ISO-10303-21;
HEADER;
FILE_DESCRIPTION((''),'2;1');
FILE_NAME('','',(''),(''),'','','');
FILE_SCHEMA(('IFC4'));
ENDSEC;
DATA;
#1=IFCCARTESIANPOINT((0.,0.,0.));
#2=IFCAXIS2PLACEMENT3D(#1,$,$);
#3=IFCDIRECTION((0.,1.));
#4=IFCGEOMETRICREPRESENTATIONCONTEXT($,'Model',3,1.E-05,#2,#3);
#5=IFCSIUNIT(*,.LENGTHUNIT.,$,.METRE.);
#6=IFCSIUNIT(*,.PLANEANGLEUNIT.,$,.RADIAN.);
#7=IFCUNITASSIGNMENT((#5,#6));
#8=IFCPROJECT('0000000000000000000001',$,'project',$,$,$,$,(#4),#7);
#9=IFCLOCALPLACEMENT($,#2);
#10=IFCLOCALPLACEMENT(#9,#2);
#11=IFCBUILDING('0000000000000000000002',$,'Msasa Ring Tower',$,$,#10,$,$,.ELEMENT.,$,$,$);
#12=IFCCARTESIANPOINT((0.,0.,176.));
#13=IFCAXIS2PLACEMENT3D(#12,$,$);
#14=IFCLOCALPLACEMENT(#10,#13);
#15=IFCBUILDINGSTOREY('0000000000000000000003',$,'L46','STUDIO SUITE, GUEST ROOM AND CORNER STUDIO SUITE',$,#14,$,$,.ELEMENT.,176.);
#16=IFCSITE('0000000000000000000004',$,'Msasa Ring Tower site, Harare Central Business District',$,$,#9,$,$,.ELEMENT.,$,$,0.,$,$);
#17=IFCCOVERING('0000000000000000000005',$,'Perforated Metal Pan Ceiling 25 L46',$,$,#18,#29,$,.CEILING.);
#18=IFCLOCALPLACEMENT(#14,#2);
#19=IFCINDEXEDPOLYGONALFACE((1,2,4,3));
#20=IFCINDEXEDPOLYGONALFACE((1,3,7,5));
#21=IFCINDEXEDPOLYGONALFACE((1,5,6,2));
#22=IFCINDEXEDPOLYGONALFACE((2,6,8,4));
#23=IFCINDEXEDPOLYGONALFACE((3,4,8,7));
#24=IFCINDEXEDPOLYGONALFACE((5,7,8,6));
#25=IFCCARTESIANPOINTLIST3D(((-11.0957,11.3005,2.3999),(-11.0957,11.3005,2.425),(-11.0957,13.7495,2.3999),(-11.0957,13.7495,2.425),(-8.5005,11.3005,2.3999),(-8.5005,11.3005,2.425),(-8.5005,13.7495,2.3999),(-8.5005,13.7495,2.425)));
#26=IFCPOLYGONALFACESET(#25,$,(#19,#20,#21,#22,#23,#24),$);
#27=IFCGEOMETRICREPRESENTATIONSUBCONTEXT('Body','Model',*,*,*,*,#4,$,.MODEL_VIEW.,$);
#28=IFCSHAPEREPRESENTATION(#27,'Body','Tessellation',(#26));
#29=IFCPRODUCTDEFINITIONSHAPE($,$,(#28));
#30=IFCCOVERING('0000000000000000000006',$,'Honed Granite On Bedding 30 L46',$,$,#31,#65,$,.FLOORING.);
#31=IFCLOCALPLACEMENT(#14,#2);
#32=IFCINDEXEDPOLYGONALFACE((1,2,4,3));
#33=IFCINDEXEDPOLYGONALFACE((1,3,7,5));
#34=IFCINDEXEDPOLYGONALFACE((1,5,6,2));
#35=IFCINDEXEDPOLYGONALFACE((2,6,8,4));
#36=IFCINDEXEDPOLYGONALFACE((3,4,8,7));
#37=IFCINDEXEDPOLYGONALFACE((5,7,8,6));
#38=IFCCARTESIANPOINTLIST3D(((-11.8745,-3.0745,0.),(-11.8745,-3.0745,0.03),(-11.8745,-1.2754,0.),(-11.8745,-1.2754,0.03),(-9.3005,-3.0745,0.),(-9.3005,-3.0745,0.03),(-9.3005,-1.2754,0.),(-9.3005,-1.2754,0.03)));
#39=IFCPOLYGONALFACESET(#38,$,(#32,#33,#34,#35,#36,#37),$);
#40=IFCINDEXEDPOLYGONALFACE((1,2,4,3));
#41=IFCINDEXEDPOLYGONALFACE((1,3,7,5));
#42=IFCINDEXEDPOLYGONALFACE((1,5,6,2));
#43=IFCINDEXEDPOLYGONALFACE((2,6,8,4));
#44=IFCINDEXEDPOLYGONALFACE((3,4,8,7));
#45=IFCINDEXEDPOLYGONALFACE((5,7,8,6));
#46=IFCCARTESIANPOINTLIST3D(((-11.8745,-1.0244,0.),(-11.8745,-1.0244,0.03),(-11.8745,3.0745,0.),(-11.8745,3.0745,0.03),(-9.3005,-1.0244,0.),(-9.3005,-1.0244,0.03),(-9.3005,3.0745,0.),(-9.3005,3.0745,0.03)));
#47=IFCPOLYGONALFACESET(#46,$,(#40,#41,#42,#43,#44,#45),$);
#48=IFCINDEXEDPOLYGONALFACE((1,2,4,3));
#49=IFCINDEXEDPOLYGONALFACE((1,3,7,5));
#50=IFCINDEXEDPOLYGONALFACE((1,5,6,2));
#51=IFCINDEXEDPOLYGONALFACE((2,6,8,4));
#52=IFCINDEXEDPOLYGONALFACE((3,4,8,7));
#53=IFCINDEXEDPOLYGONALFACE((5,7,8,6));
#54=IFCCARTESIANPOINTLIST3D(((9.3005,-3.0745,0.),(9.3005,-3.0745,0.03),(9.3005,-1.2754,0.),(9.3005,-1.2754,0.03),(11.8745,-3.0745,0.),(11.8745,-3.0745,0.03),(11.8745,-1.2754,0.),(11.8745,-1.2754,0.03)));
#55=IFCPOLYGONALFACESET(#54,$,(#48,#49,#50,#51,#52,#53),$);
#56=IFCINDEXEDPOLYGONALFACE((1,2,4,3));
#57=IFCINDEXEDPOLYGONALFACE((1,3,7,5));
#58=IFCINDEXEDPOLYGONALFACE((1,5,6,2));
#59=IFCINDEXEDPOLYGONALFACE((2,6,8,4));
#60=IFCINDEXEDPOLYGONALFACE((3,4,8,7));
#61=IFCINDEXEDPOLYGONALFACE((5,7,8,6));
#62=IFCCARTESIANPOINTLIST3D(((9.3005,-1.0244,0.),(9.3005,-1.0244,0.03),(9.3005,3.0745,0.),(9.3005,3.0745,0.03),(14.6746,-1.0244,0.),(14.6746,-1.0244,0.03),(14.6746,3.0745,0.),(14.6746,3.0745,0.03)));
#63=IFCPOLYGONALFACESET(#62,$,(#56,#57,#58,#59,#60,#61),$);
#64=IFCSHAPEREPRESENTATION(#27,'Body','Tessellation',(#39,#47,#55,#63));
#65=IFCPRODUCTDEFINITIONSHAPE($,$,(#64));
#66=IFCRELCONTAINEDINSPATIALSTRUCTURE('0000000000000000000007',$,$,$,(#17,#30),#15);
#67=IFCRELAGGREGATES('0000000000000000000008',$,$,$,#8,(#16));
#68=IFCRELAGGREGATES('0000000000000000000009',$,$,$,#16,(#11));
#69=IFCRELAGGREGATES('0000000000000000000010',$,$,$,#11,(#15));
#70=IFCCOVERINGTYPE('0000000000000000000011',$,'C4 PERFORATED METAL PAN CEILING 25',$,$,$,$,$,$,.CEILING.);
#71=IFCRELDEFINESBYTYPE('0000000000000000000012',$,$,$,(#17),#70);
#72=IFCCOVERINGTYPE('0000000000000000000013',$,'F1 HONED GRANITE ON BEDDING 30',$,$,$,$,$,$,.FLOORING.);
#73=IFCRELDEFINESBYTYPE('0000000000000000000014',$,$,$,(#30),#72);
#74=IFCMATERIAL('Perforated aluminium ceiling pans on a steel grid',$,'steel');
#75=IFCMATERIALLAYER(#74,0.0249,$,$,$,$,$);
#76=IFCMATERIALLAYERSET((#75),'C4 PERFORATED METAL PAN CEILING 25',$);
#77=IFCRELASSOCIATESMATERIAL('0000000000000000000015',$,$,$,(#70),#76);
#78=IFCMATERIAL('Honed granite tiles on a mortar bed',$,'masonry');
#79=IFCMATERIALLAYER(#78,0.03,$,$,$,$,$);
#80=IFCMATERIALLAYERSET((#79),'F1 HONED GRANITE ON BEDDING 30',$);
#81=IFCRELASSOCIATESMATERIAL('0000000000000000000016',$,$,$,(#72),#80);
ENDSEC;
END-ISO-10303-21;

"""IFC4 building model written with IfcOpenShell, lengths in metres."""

from ifc_helpers import new_model, si_unit, direction, frame, origin, place, context, subcontext, project, spatial, line, indexed_curve, outline, extrude, material, layer, layer_set, type_object, element, save


model = new_model("IFC4")

# Units and contexts
model_context = context("Model", 3, precision=1e-05, world=origin(), true_north=direction((0.0, 1.0)))
body_context = subcontext(model_context, "Body", "Model", "MODEL_VIEW")
ifc_project = project(units=[si_unit("LENGTHUNIT", "METRE"), si_unit("PLANEANGLEUNIT", "RADIAN")], contexts=[model_context])

# Site, building, storey
site_placement = place(None, origin())
site = spatial("IfcSite", under=ifc_project, at=site_placement, Name="Msasa Ring Tower site, Harare Central Business District", CompositionType="ELEMENT", RefElevation=0.0)
building_placement = place(site_placement, origin())
building = spatial("IfcBuilding", under=site, at=building_placement, Name="Msasa Ring Tower", CompositionType="ELEMENT")
storey_placement = place(building_placement, frame((0.0, 0.0, 176.0)))
storey = spatial("IfcBuildingStorey", under=building, at=storey_placement, Name="L46", Description="STUDIO SUITE, GUEST ROOM AND CORNER STUDIO SUITE", CompositionType="ELEMENT", Elevation=176.0)

# Coverings
ifc_material_1 = material(Name="Perforated aluminium ceiling pans on a steel grid", Category="steel")
ifc_layer_1 = layer(ifc_material_1, 0.0249)
ifc_layer_set_1 = layer_set([ifc_layer_1], Name="C4 PERFORATED METAL PAN CEILING 25")
covering_type_1 = type_object("IfcCoveringType", Name="C4 PERFORATED METAL PAN CEILING 25", PredefinedType="CEILING", material=ifc_layer_set_1)
covering_1_placement = place(storey_placement, frame((0.0, 0.0, 2.3999)))
element("IfcCovering", 1, at=covering_1_placement, inside=storey, type_object=covering_type_1, Name="Perforated Metal Pan Ceiling 25 L46", PredefinedType="CEILING", context=body_context, shape_type="SweptSolid", body=[
    extrude(outline(indexed_curve([(-8.5005, 13.7495), (-8.5005, 11.3005), (-11.0957, 11.3005), (-11.0957, 13.7495)], segments=[line(1, 2, 3, 4, 1)], self_intersect=False)), origin(), (0.0, 0.0, 1.0), 0.0251),
])
ifc_material_2 = material(Name="Honed granite tiles on a mortar bed", Category="masonry")
ifc_layer_2 = layer(ifc_material_2, 0.03)
ifc_layer_set_2 = layer_set([ifc_layer_2], Name="F1 HONED GRANITE ON BEDDING 30")
covering_type_2 = type_object("IfcCoveringType", Name="F1 HONED GRANITE ON BEDDING 30", PredefinedType="FLOORING", material=ifc_layer_set_2)
covering_2_placement = place(storey_placement, origin())
element("IfcCovering", 2, at=covering_2_placement, inside=storey, type_object=covering_type_2, Name="Honed Granite On Bedding 30 L46", PredefinedType="FLOORING", context=body_context, shape_type="SweptSolid", body=[
    extrude(outline(indexed_curve([(-11.8745, -3.0745), (-11.8745, -1.2754), (-9.3005, -1.2754), (-9.3005, -3.0745)], segments=[line(1, 2, 3, 4, 1)], self_intersect=False)), origin(), (0.0, 0.0, 1.0), 0.03),
    extrude(outline(indexed_curve([(-11.8745, -1.0244), (-11.8745, 3.0745), (-9.3005, 3.0745), (-9.3005, -1.0244)], segments=[line(1, 2, 3, 4, 1)], self_intersect=False)), origin(), (0.0, 0.0, 1.0), 0.03),
    extrude(outline(indexed_curve([(9.3005, -3.0745), (9.3005, -1.2754), (11.8745, -1.2754), (11.8745, -3.0745)], segments=[line(1, 2, 3, 4, 1)], self_intersect=False)), origin(), (0.0, 0.0, 1.0), 0.03),
    extrude(outline(indexed_curve([(9.3005, -1.0244), (9.3005, 3.0745), (14.6746, 3.0745), (14.6746, -1.0244)], segments=[line(1, 2, 3, 4, 1)], self_intersect=False)), origin(), (0.0, 0.0, 1.0), 0.03),
])

save(model, "model.ifc")
